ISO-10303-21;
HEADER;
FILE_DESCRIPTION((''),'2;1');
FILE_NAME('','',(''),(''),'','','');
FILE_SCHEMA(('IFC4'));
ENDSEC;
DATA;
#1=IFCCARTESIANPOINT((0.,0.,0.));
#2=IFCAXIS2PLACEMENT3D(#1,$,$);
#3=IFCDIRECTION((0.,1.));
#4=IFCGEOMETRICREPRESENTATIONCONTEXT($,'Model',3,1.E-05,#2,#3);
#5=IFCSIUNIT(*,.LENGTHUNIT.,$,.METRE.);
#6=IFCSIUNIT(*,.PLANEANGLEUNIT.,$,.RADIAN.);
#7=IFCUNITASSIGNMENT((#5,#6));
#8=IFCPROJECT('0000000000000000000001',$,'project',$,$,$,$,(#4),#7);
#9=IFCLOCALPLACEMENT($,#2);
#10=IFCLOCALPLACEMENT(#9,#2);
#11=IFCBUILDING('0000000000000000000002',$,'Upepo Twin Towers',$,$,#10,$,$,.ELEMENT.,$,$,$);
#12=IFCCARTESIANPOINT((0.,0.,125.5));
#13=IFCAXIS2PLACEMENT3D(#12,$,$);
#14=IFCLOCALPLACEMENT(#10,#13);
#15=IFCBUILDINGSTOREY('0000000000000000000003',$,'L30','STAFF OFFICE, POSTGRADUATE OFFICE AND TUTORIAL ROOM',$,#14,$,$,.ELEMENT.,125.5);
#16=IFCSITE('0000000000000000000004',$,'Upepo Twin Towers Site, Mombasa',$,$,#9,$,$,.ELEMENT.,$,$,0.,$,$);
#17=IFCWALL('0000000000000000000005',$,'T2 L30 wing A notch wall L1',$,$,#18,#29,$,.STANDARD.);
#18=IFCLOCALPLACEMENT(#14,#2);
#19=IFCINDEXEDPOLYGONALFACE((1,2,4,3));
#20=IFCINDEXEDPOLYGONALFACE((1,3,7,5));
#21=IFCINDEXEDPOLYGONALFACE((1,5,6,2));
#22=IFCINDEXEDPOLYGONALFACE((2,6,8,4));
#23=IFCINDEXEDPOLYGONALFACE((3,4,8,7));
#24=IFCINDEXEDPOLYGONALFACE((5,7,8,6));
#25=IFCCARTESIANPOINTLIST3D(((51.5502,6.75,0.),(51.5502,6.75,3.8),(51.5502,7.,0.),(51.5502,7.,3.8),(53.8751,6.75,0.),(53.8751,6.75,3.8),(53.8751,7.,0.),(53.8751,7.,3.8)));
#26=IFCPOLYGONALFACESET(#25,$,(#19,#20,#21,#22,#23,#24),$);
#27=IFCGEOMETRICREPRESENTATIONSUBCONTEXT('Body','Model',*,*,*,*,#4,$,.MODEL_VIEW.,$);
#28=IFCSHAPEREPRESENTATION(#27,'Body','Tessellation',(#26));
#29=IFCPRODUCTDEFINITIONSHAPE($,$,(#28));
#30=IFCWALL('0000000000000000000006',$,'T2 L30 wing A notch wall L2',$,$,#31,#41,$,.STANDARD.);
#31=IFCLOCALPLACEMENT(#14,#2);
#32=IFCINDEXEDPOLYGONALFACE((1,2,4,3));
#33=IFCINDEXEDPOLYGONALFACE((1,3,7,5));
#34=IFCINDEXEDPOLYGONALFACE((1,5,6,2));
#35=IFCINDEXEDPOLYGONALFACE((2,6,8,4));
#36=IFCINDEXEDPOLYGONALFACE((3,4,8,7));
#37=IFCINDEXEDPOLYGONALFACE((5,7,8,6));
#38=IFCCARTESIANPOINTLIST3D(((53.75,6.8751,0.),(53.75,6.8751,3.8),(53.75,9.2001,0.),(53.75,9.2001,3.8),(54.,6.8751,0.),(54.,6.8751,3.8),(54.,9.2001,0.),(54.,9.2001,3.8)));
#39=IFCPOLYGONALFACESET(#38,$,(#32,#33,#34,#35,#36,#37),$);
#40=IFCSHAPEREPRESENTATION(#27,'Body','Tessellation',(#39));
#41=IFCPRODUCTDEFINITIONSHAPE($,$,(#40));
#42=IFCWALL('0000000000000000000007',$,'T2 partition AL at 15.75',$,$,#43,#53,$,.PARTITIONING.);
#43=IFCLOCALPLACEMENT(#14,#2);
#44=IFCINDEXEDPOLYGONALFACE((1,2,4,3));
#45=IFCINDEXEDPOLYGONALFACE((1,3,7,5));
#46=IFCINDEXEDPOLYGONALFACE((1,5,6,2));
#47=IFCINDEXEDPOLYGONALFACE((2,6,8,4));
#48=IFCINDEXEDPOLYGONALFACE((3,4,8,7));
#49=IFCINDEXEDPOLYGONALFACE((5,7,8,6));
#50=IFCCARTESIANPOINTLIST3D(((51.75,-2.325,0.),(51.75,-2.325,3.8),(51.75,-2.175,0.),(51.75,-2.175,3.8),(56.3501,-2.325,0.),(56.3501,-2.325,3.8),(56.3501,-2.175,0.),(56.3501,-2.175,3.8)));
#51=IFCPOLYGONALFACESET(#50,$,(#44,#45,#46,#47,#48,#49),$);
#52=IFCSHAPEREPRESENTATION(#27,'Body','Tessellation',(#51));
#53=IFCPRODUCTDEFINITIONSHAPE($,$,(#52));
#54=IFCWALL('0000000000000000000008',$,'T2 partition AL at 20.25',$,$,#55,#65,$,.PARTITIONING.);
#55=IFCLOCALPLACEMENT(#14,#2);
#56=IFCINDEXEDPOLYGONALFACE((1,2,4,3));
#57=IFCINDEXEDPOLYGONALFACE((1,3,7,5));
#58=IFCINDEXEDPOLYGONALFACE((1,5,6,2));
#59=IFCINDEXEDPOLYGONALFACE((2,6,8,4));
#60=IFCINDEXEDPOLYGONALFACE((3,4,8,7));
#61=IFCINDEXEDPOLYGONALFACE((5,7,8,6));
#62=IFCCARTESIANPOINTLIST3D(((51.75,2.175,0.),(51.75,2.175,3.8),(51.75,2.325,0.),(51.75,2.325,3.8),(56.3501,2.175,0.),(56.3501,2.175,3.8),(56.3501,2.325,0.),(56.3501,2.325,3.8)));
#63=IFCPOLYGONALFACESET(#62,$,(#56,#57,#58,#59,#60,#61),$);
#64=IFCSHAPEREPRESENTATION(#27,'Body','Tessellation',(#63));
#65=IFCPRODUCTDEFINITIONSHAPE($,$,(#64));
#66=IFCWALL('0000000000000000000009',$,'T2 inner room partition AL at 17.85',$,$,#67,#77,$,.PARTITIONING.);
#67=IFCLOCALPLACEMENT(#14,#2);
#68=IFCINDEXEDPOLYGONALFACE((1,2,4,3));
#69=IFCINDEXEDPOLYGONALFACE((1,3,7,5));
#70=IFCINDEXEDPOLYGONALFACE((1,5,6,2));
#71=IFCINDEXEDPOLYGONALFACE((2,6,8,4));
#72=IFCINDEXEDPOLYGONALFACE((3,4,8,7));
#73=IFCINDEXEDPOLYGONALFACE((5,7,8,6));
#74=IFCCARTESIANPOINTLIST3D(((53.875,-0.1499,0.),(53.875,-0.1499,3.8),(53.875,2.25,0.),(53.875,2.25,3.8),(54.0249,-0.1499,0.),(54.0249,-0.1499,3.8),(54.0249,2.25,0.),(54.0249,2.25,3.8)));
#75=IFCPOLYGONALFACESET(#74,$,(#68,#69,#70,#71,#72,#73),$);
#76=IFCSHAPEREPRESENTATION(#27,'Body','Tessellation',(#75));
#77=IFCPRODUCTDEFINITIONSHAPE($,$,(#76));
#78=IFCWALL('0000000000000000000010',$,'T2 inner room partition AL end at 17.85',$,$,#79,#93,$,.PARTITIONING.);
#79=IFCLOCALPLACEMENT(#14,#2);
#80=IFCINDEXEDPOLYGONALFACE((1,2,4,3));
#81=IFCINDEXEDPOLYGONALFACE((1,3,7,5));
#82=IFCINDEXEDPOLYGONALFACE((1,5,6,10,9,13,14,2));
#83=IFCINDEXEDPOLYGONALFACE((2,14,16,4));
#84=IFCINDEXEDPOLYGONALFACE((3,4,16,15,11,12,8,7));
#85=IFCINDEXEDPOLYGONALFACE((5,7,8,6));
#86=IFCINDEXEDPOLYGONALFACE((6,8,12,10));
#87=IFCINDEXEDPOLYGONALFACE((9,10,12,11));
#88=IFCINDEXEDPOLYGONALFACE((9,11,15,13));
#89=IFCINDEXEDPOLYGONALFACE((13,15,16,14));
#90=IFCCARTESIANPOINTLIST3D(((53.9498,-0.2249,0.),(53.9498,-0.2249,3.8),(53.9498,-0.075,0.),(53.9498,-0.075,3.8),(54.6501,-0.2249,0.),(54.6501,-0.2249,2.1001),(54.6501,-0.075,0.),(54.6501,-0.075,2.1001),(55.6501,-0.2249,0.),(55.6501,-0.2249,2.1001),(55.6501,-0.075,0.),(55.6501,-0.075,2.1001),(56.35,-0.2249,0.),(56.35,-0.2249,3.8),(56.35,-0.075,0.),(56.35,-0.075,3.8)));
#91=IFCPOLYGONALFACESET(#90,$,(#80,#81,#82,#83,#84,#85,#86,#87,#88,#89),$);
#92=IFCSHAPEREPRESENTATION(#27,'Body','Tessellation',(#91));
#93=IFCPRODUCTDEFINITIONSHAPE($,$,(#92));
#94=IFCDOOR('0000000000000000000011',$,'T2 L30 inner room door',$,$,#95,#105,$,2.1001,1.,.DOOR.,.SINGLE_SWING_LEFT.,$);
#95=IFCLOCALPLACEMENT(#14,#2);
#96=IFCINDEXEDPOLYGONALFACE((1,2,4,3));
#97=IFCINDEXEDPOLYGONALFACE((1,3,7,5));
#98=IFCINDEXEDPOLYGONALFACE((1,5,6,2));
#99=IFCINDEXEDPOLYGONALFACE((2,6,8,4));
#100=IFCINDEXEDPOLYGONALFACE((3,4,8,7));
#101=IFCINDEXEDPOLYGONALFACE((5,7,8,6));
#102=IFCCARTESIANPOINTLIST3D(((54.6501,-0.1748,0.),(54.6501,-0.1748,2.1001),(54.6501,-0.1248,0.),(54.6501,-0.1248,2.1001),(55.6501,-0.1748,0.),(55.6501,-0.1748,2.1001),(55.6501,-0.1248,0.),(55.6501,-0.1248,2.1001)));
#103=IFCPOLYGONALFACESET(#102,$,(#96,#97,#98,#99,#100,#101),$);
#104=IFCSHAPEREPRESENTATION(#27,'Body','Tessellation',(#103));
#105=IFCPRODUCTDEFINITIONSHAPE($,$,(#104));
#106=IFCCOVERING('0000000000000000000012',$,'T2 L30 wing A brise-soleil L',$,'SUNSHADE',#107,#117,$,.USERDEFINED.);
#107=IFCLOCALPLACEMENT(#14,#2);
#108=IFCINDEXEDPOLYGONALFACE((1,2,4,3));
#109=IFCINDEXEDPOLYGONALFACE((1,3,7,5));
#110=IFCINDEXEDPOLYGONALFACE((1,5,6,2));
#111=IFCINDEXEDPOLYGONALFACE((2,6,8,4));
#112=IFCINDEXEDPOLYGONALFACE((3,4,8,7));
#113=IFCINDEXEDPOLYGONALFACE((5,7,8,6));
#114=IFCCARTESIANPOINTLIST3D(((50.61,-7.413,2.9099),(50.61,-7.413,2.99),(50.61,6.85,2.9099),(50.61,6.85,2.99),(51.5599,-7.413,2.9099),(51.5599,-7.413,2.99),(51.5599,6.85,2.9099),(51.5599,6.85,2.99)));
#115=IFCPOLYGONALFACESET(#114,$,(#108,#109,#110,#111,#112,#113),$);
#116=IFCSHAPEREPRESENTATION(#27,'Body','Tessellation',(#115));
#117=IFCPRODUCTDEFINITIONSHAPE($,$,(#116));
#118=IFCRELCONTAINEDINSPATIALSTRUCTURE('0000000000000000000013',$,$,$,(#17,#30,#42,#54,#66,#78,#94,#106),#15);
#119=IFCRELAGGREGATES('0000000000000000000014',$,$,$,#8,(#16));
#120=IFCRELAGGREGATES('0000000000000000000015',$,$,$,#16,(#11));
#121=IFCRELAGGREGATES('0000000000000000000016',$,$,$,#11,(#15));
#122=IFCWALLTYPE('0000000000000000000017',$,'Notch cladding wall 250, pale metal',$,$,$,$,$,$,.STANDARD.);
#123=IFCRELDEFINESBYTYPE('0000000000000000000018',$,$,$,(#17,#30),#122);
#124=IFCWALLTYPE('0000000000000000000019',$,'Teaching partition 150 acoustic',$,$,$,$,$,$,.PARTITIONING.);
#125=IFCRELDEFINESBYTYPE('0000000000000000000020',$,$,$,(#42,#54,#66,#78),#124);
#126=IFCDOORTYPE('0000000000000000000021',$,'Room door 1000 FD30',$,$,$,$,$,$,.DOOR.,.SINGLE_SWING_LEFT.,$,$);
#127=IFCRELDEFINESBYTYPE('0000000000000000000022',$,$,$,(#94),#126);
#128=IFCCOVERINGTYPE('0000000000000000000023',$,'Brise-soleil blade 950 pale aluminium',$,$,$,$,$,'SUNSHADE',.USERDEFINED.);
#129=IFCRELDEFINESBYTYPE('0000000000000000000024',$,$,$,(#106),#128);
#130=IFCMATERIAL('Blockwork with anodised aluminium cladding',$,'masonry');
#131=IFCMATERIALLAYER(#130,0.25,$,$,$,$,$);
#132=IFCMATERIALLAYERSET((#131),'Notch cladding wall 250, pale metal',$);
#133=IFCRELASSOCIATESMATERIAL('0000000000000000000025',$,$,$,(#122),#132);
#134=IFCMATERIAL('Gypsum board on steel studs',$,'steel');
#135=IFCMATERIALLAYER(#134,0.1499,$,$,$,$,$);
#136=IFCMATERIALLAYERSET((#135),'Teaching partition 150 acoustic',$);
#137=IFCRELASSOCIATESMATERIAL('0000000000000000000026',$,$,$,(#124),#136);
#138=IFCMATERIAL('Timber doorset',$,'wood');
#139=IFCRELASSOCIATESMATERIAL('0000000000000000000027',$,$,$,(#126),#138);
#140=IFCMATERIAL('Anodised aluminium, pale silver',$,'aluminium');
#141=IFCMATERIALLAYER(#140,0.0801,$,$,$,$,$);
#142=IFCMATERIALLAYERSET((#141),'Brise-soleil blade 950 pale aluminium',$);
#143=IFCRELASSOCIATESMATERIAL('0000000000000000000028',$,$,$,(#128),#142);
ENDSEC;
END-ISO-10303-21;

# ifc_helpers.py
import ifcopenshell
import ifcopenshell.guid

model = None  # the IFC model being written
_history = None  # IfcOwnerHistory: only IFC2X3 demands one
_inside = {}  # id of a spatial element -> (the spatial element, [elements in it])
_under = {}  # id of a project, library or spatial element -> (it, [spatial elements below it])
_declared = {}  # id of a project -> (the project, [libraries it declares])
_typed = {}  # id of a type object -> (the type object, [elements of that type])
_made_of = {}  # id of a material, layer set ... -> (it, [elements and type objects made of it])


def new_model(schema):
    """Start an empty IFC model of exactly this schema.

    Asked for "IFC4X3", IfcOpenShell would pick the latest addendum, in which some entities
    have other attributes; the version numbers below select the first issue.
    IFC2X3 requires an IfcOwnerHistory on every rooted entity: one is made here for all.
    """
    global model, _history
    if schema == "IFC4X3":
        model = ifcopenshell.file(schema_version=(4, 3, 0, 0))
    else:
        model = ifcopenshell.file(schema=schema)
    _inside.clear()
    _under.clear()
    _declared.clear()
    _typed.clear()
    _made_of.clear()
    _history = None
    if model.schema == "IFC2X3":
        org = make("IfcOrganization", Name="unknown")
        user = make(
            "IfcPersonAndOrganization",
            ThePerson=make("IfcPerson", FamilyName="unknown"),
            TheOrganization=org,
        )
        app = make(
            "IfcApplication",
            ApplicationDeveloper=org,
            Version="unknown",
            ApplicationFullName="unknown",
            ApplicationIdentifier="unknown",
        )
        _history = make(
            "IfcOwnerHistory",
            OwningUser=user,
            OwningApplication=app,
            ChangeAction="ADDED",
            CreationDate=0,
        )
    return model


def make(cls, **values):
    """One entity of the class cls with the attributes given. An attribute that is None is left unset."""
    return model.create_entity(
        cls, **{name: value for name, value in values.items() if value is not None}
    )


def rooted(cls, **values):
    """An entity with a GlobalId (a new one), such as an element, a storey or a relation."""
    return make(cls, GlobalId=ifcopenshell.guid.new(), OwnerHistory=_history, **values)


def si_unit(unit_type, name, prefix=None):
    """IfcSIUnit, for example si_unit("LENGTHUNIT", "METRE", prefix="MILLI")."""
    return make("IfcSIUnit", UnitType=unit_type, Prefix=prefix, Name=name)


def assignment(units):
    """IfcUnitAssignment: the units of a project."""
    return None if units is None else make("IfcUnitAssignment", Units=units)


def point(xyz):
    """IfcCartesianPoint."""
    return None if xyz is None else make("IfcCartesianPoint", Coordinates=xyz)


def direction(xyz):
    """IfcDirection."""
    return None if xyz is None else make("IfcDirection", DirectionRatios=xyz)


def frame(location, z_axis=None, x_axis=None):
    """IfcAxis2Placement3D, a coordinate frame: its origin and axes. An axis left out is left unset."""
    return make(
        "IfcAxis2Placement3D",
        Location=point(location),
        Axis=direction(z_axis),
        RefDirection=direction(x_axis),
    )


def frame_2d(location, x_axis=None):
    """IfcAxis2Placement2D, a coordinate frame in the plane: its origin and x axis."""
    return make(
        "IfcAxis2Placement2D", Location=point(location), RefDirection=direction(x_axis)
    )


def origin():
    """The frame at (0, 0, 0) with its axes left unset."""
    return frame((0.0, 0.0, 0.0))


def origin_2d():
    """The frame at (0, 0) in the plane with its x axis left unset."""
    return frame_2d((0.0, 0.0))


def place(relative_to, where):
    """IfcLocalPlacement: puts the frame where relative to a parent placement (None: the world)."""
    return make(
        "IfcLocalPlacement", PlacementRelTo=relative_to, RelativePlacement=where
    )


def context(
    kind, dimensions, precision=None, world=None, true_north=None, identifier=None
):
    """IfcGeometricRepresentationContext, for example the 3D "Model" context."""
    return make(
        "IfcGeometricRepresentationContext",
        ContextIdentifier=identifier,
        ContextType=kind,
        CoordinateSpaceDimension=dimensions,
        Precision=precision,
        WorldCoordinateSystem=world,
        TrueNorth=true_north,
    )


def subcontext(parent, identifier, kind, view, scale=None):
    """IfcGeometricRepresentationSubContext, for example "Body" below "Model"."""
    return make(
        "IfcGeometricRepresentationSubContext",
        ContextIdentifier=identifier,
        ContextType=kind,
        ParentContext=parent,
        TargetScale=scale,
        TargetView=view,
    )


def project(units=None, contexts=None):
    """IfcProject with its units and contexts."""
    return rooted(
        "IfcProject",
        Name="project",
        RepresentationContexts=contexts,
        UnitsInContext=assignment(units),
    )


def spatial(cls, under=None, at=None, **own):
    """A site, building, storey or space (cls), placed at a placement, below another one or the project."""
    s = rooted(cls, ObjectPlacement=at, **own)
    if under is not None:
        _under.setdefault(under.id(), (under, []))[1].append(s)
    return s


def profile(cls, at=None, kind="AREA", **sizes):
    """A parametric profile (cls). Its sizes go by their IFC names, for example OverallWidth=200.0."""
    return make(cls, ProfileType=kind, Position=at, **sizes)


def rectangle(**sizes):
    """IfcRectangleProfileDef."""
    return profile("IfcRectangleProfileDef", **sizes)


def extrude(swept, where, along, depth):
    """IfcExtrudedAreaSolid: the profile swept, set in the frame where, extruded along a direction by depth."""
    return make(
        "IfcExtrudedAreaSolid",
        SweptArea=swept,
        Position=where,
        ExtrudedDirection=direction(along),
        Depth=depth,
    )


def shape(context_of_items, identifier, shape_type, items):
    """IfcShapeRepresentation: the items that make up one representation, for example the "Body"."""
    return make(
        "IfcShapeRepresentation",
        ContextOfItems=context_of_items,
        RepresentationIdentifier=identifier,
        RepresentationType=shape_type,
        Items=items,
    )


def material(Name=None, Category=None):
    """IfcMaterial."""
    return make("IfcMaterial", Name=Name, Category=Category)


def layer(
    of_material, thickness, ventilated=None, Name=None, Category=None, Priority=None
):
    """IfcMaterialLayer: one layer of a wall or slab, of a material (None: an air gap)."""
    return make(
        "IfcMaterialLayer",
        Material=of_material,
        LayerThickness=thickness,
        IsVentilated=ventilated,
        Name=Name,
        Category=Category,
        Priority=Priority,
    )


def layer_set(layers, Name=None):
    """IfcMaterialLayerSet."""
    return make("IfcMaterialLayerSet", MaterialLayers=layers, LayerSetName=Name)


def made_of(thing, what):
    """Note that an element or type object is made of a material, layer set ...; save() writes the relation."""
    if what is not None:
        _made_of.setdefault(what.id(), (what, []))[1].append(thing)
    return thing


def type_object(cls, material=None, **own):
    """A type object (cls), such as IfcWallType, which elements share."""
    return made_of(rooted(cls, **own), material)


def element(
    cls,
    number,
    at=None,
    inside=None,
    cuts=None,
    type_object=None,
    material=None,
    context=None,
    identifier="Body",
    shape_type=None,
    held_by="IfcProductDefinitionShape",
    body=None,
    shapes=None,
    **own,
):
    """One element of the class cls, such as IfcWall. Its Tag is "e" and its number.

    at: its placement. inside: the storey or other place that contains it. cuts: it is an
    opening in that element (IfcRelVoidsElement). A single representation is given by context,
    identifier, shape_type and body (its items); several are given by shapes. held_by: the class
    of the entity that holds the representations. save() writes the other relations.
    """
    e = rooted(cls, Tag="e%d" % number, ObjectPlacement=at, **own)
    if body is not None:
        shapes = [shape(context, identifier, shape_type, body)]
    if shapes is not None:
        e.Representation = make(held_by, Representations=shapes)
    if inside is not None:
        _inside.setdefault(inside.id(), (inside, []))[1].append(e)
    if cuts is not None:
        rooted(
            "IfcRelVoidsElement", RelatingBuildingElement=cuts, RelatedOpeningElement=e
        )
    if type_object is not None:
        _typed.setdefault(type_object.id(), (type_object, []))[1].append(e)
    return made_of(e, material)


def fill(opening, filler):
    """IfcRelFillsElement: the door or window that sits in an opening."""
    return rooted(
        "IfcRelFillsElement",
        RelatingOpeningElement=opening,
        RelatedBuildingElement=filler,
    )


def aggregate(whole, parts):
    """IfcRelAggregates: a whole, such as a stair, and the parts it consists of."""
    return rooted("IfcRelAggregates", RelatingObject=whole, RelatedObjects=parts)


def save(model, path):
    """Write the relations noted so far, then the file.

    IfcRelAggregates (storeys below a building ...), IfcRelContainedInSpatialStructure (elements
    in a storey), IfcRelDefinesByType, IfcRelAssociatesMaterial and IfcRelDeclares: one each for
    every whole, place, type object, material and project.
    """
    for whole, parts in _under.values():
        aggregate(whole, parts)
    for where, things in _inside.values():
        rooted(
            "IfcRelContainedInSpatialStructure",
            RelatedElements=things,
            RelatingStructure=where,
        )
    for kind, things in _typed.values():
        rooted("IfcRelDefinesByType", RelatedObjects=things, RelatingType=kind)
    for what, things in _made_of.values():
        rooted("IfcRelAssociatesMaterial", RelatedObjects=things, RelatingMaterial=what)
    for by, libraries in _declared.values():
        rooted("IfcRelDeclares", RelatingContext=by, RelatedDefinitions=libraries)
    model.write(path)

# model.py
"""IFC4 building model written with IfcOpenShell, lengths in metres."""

from ifc_helpers import new_model, si_unit, direction, frame, frame_2d, origin, origin_2d, place, context, subcontext, project, spatial, rectangle, extrude, material, layer, layer_set, type_object, element, fill, save


model = new_model("IFC4")

# Units and contexts
model_context = context("Model", 3, precision=1e-05, world=origin(), true_north=direction((0.0, 1.0)))
body_context = subcontext(model_context, "Body", "Model", "MODEL_VIEW")
ifc_project = project(units=[si_unit("LENGTHUNIT", "METRE"), si_unit("PLANEANGLEUNIT", "RADIAN")], contexts=[model_context])

# Site, building, storey
site_placement = place(None, origin())
site = spatial("IfcSite", under=ifc_project, at=site_placement, Name="Upepo Twin Towers Site, Mombasa", CompositionType="ELEMENT", RefElevation=0.0)
building_placement = place(site_placement, origin())
building = spatial("IfcBuilding", under=site, at=building_placement, Name="Upepo Twin Towers", CompositionType="ELEMENT")
storey_placement = place(building_placement, frame((0.0, 0.0, 125.5)))
storey = spatial("IfcBuildingStorey", under=building, at=storey_placement, Name="L30", Description="STAFF OFFICE, POSTGRADUATE OFFICE AND TUTORIAL ROOM", CompositionType="ELEMENT", Elevation=125.5)

# Walls
ifc_material_1 = material(Name="Blockwork with anodised aluminium cladding", Category="masonry")
ifc_layer_1 = layer(ifc_material_1, 0.25)
ifc_layer_set_1 = layer_set([ifc_layer_1], Name="Notch cladding wall 250, pale metal")
wall_type_1 = type_object("IfcWallType", Name="Notch cladding wall 250, pale metal", PredefinedType="STANDARD", material=ifc_layer_set_1)
for number, where, z_axis, x_axis, name in (
    (1, (51.55, 6.875, 0.0), (0.0, 0.0, 1.0), (1.0, 0.0, 0.0), "T2 L30 wing A notch wall L1"),
    (2, (53.875, 6.875, 0.0), (0.0, 0.0, 1.0), (0.0, 1.0, 0.0), "T2 L30 wing A notch wall L2"),
):
    element("IfcWall", number, at=place(storey_placement, frame(where, z_axis=z_axis, x_axis=x_axis)), inside=storey, type_object=wall_type_1, Name=name, PredefinedType="STANDARD", context=body_context, shape_type="SweptSolid", body=[
        extrude(rectangle(XDim=2.325, YDim=0.25, at=frame_2d((1.1626, 0.0))), origin(), (0.0, 0.0, 1.0), 3.8),
    ])
ifc_material_2 = material(Name="Gypsum board on steel studs", Category="steel")
ifc_layer_2 = layer(ifc_material_2, 0.1499)
ifc_layer_set_2 = layer_set([ifc_layer_2], Name="Teaching partition 150 acoustic")
wall_type_2 = type_object("IfcWallType", Name="Teaching partition 150 acoustic", PredefinedType="PARTITIONING", material=ifc_layer_set_2)
for number, where, z_axis, x_axis, name in (
    (3, (56.3501, -2.25, 0.0), (0.0, 0.0, 1.0), (-1.0, 0.0, 0.0), "T2 partition AL at 15.75"),
    (4, (56.3501, 2.25, 0.0), (0.0, 0.0, 1.0), (-1.0, 0.0, 0.0), "T2 partition AL at 20.25"),
):
    element("IfcWall", number, at=place(storey_placement, frame(where, z_axis=z_axis, x_axis=x_axis)), inside=storey, type_object=wall_type_2, Name=name, PredefinedType="PARTITIONING", context=body_context, shape_type="SweptSolid", body=[
        extrude(rectangle(XDim=4.6001, YDim=0.1499, at=frame_2d((2.3, 0.0))), origin(), (0.0, 0.0, 1.0), 3.8),
    ])
wall_1_placement = place(storey_placement, frame((53.95, -0.1499, 0.0), z_axis=(0.0, 0.0, 1.0), x_axis=(0.0, 1.0, 0.0)))
element("IfcWall", 5, at=wall_1_placement, inside=storey, type_object=wall_type_2, Name="T2 inner room partition AL at 17.85", PredefinedType="PARTITIONING", context=body_context, shape_type="SweptSolid", body=[
    extrude(rectangle(XDim=2.3999, YDim=0.1499, at=frame_2d((1.2, 0.0))), origin(), (0.0, 0.0, 1.0), 3.8),
])

# Wall, opening, door
wall_2_placement = place(storey_placement, frame((56.3501, -0.1499, 0.0), z_axis=(0.0, 0.0, 1.0), x_axis=(-1.0, 0.0, 0.0)))
wall_2 = element("IfcWall", 6, at=wall_2_placement, inside=storey, type_object=wall_type_2, Name="T2 inner room partition AL end at 17.85", PredefinedType="PARTITIONING", context=body_context, shape_type="SweptSolid", body=[
    extrude(rectangle(XDim=2.4001, YDim=0.1499, at=frame_2d((1.2002, 0.0))), origin(), (0.0, 0.0, 1.0), 3.8),
])
opening_placement = place(wall_2_placement, frame((0.7, 0.0, 0.0)))
opening = element("IfcOpeningElement", 7, at=opening_placement, cuts=wall_2, PredefinedType="OPENING", context=body_context, shape_type="SweptSolid", body=[
    extrude(rectangle(XDim=1.0, YDim=2.1001, at=frame_2d((0.5, 1.05))), frame((0.0, 0.085, 0.0), z_axis=(0.0, -1.0, 0.0), x_axis=(1.0, 0.0, 0.0)), (0.0, 0.0, 1.0), 0.1699),
])
ifc_material_3 = material(Name="Timber doorset", Category="wood")
door_type = type_object("IfcDoorType", Name="Room door 1000 FD30", OperationType="SINGLE_SWING_LEFT", PredefinedType="DOOR", material=ifc_material_3)
door_placement = place(opening_placement, origin())
door = element("IfcDoor", 8, at=door_placement, inside=storey, type_object=door_type, Name="T2 L30 inner room door", OperationType="SINGLE_SWING_LEFT", OverallHeight=2.1001, OverallWidth=1.0, PredefinedType="DOOR", context=body_context, shape_type="SweptSolid", body=[
    extrude(rectangle(XDim=1.0, YDim=2.1001, at=frame_2d((0.5, 1.05))), frame((0.0, 0.0249, 0.0), z_axis=(0.0, -1.0, 0.0), x_axis=(1.0, 0.0, 0.0)), (0.0, 0.0, 1.0), 0.05),
])
fill(opening, door)

# Covering
ifc_material_4 = material(Name="Anodised aluminium, pale silver", Category="aluminium")
ifc_layer_3 = layer(ifc_material_4, 0.0801)
ifc_layer_set_3 = layer_set([ifc_layer_3], Name="Brise-soleil blade 950 pale aluminium")
covering_type = type_object("IfcCoveringType", Name="Brise-soleil blade 950 pale aluminium", ElementType="SUNSHADE", PredefinedType="USERDEFINED", material=ifc_layer_set_3)
covering_placement = place(storey_placement, frame((51.085, -0.2815, 2.9099), z_axis=(0.0, 0.0, 1.0), x_axis=(0.0, 1.0, 0.0)))
element("IfcCovering", 9, at=covering_placement, inside=storey, type_object=covering_type, Name="T2 L30 wing A brise-soleil L", ObjectType="SUNSHADE", PredefinedType="USERDEFINED", context=body_context, shape_type="SweptSolid", body=[
    extrude(rectangle(XDim=14.2629, YDim=0.95, at=origin_2d()), origin(), (0.0, 0.0, 1.0), 0.0801),
])

save(model, "model.ifc")
